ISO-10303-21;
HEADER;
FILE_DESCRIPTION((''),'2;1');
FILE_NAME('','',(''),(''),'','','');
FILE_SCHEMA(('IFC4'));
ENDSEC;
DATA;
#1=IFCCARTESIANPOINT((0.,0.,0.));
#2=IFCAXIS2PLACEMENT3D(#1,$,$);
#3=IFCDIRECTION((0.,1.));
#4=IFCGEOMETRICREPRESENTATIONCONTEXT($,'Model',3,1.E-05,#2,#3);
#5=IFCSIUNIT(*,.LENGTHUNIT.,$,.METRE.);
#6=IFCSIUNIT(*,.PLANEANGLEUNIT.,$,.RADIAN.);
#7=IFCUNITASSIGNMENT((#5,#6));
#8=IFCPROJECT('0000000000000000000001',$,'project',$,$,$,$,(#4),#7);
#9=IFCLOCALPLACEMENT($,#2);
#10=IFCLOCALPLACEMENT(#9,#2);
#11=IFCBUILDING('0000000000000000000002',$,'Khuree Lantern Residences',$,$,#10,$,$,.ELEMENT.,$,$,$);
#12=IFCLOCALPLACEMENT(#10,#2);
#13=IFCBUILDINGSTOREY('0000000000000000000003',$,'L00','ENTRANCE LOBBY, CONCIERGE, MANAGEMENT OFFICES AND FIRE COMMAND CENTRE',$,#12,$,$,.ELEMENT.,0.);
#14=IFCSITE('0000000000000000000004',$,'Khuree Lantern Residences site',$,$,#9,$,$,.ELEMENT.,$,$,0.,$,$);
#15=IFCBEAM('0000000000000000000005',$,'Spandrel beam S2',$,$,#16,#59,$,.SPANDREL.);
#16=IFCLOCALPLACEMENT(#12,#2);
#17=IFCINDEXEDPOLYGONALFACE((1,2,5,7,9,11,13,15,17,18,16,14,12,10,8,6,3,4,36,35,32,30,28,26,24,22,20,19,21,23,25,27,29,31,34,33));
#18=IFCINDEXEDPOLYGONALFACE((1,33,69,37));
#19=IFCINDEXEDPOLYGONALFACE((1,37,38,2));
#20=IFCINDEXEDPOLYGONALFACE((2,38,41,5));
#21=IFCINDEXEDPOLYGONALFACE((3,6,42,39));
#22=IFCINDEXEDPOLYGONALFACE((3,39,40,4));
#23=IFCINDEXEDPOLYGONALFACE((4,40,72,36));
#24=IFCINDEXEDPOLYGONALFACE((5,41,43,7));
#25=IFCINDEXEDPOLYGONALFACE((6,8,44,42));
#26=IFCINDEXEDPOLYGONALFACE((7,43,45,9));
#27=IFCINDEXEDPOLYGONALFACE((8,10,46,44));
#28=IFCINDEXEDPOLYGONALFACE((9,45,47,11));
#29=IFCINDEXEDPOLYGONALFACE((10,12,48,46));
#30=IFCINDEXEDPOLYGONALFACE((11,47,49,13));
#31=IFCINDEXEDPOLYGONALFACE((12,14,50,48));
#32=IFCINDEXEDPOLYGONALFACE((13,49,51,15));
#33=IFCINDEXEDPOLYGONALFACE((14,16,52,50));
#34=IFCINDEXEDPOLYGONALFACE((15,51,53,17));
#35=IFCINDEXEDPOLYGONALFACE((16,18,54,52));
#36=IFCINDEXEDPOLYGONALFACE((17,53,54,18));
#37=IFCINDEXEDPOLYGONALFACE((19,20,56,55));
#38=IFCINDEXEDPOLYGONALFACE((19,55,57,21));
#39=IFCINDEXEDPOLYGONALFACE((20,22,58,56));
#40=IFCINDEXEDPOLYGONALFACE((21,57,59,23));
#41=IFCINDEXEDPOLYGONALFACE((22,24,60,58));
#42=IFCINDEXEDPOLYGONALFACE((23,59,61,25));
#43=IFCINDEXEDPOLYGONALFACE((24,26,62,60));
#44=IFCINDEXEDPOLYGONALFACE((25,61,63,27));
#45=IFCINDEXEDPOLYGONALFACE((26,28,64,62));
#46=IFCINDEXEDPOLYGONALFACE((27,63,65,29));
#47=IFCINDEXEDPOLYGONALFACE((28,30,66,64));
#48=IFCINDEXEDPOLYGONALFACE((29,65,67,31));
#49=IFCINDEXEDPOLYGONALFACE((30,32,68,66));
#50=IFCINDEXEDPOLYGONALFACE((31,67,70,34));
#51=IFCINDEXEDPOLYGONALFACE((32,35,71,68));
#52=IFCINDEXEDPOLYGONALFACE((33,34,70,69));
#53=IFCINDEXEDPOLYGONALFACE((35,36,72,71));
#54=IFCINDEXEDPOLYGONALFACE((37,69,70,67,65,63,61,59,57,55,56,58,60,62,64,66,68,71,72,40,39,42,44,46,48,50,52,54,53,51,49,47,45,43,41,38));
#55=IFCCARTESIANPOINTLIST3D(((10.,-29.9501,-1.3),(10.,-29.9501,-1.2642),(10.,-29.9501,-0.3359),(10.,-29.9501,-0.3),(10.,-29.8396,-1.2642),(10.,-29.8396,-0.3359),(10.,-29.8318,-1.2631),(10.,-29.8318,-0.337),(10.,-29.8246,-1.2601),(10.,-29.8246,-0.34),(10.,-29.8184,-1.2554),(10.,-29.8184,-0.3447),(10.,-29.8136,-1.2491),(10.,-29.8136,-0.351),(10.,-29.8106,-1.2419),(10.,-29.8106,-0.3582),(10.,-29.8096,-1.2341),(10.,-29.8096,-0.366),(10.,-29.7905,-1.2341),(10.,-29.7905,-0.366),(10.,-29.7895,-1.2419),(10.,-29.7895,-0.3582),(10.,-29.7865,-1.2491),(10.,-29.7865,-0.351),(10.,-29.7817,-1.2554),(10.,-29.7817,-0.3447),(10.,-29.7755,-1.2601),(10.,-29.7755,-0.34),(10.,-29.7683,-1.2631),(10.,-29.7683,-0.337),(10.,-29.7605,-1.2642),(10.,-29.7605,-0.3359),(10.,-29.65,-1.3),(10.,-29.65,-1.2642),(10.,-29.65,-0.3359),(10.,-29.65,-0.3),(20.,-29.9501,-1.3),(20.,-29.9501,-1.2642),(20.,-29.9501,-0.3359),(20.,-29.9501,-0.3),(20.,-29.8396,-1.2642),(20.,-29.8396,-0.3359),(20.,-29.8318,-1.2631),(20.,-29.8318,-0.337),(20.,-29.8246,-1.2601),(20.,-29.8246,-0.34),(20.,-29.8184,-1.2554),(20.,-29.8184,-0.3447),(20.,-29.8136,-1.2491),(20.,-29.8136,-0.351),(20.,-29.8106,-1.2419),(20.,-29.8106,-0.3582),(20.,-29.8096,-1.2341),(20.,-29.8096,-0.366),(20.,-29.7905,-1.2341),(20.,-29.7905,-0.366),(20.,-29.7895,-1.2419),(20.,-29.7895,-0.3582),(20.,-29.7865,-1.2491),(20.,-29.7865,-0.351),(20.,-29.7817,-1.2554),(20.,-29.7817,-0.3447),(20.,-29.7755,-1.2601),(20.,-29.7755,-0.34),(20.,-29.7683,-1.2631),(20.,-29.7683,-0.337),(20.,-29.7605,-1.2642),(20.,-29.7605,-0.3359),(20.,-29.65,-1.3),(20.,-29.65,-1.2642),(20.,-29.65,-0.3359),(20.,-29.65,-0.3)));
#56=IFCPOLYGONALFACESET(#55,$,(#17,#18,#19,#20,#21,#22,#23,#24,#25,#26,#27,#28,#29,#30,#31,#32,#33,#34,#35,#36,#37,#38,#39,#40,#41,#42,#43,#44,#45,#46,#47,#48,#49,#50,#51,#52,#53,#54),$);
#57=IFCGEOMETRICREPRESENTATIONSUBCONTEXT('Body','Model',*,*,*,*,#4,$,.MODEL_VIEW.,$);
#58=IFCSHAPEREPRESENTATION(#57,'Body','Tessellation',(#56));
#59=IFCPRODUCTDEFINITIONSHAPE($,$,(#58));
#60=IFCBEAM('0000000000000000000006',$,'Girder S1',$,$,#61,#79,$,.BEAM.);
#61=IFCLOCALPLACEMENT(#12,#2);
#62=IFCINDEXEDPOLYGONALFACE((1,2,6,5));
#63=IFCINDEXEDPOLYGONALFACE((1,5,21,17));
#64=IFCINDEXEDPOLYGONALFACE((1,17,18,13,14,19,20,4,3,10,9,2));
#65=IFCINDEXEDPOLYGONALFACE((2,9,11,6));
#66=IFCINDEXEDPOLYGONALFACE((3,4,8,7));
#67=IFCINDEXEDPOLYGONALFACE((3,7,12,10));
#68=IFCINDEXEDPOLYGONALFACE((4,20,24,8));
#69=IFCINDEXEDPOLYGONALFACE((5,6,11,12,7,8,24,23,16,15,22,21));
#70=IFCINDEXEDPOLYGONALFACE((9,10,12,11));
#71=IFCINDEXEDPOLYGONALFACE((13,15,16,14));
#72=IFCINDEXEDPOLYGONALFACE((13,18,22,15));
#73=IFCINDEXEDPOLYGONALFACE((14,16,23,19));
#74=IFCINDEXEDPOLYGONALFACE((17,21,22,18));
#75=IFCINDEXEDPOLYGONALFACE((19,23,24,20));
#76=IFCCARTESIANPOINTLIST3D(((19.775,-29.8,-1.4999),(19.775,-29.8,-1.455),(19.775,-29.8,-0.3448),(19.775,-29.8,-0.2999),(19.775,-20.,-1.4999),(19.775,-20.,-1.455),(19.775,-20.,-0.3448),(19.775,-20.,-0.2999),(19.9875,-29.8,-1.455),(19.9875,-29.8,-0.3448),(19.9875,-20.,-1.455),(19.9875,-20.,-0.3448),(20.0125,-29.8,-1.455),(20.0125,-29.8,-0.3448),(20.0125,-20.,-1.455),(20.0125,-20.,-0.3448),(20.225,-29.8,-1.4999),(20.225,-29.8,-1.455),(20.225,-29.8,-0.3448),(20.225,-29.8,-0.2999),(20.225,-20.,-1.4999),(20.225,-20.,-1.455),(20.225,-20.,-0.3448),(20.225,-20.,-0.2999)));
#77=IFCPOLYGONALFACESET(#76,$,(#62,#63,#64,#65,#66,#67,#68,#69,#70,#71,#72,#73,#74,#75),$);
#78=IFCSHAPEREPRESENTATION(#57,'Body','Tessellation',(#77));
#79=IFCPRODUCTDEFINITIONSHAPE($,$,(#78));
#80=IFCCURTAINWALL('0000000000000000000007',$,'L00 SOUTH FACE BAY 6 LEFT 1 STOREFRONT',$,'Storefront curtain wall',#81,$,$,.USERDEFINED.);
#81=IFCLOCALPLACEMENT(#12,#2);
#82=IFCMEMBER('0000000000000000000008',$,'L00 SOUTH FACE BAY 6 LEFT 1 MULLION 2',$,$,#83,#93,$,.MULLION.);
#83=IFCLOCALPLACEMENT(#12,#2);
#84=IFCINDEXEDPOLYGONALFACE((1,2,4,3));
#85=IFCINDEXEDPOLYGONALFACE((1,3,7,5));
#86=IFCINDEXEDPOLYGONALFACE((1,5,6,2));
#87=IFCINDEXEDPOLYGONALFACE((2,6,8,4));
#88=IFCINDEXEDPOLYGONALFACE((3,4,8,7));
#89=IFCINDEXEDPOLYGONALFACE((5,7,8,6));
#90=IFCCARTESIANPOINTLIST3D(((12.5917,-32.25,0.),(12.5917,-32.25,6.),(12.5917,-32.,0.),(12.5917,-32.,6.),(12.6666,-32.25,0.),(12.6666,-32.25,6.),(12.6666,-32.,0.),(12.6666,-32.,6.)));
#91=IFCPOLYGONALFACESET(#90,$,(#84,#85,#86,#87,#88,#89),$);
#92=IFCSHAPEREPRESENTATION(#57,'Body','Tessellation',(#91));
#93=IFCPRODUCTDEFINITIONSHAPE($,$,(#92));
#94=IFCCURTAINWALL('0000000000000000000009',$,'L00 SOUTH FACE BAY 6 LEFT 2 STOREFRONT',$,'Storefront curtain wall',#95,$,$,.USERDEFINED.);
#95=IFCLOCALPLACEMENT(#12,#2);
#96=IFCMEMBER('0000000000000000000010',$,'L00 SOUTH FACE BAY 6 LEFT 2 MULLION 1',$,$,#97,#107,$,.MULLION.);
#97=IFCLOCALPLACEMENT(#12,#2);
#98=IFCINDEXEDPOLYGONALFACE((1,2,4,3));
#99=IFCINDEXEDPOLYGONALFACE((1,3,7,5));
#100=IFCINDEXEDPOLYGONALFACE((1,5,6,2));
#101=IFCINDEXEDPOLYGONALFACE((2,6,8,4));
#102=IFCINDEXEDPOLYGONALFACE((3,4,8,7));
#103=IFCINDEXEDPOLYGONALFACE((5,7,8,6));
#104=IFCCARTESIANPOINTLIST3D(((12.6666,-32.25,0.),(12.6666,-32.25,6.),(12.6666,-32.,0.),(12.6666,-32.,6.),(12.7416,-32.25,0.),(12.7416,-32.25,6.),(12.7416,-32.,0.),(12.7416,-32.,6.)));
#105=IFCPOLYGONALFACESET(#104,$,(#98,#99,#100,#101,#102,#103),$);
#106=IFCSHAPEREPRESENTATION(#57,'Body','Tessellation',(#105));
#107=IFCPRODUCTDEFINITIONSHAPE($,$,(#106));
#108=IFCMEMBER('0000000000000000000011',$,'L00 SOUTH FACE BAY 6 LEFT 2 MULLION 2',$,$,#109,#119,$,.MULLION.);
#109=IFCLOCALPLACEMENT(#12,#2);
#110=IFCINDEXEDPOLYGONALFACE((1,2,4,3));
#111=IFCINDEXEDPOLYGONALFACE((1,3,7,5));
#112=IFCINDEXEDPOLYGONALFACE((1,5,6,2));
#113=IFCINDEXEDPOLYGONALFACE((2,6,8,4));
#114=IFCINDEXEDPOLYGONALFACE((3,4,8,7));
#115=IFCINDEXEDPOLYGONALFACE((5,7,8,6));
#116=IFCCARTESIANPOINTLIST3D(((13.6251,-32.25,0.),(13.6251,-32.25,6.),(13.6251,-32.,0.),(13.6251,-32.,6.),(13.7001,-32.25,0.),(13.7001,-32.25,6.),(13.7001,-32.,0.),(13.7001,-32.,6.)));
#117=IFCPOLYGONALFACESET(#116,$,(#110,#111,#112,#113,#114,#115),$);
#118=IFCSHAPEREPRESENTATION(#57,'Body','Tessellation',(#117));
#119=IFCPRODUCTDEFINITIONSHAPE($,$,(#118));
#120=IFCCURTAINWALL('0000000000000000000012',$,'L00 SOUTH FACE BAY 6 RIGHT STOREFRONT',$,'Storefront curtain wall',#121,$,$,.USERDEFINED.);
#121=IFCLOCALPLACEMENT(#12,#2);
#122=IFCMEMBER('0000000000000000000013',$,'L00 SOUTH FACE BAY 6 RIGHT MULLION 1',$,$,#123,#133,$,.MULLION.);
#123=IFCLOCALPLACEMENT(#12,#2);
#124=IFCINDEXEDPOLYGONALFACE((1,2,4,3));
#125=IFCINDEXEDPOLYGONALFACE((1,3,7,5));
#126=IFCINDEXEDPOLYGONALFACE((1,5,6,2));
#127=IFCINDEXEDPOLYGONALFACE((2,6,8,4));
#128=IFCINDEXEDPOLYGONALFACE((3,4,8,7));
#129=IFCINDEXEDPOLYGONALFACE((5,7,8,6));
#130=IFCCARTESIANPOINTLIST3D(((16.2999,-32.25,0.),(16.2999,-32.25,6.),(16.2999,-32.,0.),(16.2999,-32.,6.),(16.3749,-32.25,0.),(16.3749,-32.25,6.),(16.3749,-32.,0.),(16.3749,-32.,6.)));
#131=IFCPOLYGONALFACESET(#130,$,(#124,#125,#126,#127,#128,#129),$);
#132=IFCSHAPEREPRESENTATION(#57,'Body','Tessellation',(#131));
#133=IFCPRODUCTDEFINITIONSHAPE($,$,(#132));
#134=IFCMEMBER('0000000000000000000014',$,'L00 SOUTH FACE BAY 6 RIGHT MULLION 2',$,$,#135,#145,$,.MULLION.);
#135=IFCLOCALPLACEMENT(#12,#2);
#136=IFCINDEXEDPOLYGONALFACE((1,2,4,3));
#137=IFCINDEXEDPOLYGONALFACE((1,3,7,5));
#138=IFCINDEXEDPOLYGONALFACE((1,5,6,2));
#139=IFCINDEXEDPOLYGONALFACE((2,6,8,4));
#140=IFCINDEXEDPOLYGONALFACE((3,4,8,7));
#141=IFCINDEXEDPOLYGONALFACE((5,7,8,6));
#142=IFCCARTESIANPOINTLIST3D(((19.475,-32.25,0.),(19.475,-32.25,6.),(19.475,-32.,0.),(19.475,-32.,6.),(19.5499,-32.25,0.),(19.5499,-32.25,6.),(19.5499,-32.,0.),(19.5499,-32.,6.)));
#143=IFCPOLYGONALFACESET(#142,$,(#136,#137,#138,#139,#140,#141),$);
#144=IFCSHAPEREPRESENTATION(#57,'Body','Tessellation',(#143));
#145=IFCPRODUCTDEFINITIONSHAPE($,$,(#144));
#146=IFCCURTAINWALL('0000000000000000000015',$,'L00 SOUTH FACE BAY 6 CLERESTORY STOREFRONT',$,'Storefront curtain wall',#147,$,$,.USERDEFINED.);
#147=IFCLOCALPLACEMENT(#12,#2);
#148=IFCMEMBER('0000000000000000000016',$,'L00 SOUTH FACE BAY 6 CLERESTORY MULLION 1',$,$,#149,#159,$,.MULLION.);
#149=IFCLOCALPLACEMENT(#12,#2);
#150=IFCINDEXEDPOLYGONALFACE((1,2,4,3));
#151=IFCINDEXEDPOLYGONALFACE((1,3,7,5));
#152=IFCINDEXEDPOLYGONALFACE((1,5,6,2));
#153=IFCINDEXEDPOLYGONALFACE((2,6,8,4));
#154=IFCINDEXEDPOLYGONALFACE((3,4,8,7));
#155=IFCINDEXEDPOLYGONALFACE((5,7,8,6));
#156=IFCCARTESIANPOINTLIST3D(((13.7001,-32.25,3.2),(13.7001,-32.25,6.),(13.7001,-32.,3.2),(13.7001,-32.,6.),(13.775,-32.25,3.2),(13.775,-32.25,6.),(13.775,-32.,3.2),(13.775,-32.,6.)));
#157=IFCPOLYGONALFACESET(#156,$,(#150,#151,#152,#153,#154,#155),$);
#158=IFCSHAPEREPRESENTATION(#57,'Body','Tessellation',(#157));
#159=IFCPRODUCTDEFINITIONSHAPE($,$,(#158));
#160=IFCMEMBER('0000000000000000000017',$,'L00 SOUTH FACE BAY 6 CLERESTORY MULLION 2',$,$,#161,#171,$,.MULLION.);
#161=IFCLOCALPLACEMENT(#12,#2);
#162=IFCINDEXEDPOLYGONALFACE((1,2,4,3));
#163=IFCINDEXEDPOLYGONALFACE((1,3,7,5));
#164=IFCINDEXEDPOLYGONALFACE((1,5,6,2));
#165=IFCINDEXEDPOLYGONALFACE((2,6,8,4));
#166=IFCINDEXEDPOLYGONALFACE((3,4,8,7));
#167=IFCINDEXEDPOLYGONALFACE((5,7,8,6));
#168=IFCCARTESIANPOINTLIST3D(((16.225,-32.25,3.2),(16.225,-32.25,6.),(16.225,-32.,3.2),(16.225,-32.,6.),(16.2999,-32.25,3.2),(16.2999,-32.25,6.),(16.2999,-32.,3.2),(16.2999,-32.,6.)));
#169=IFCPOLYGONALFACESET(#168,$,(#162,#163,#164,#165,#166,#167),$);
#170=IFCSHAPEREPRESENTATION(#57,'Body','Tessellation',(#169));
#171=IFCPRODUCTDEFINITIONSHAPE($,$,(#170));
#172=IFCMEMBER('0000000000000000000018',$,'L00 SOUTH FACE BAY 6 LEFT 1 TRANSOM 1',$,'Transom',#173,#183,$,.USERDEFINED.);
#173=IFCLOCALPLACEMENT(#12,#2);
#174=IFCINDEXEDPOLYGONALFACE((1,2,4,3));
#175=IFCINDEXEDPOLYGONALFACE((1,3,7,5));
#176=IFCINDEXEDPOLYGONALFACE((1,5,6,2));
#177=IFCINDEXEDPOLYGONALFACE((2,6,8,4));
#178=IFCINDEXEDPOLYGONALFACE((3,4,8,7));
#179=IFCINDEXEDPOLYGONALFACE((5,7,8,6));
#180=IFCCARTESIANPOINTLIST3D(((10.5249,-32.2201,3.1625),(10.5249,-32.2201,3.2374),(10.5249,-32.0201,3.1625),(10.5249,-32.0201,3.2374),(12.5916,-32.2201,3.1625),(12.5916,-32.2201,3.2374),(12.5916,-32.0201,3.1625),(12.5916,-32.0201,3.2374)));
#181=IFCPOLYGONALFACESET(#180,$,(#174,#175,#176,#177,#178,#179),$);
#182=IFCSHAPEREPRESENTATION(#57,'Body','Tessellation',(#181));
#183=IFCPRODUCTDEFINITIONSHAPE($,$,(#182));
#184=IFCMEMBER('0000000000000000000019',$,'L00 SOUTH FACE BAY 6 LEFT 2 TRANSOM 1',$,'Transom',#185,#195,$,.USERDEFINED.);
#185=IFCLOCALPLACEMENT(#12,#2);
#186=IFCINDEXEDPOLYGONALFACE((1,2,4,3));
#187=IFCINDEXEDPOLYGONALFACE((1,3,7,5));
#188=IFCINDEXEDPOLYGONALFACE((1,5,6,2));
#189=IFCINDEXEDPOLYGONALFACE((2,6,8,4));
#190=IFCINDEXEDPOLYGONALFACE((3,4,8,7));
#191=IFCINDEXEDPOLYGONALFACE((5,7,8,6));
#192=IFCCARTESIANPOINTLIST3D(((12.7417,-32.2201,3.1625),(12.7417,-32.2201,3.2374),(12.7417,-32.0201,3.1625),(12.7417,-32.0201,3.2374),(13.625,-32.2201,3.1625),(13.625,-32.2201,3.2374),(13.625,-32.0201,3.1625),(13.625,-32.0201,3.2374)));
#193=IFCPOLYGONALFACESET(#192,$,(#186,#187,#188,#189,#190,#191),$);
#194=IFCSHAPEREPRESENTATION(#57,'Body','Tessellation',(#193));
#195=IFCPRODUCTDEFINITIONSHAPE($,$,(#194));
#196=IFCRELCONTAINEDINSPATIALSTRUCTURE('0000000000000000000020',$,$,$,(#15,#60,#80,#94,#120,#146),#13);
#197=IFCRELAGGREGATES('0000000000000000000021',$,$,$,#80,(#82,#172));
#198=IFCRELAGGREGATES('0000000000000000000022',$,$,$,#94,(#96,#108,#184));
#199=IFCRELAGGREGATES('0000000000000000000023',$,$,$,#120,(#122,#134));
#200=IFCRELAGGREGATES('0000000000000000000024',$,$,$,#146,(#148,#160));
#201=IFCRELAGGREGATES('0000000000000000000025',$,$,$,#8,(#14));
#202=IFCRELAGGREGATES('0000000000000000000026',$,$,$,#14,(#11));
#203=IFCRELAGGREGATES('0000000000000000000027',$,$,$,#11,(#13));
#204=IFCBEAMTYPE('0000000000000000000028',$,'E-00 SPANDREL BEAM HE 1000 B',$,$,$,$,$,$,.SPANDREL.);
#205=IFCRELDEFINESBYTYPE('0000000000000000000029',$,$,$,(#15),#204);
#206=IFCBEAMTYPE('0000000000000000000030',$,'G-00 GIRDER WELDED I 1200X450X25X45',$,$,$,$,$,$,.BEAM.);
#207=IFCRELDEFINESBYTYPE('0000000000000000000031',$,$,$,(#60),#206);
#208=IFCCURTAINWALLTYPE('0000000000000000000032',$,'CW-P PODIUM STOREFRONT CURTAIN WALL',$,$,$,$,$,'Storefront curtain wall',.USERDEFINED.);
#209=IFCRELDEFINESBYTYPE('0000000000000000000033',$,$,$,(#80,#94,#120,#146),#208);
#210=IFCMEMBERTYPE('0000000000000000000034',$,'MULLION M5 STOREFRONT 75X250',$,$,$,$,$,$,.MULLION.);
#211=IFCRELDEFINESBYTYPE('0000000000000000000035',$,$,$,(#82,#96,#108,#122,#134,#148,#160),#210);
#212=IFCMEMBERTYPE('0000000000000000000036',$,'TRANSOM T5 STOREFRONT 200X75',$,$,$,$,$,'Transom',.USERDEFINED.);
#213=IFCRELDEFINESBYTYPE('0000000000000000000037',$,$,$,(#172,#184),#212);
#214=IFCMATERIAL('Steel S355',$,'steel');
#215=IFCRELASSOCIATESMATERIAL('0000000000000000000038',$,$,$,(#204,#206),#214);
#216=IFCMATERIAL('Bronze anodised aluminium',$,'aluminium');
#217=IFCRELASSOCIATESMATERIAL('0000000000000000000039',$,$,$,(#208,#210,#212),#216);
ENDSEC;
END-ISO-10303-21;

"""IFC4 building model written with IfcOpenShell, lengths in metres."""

from ifc_helpers import new_model, si_unit, direction, frame, origin, origin_2d, place, context, subcontext, project, spatial, rectangle, i_section, extrude, material, material_profile, profile_set, type_object, element, aggregate, save


model = new_model("IFC4")

# Units and contexts
model_context = context("Model", 3, precision=1e-05, world=origin(), true_north=direction((0.0, 1.0)))
body_context = subcontext(model_context, "Body", "Model", "MODEL_VIEW")
ifc_project = project(units=[si_unit("LENGTHUNIT", "METRE"), si_unit("PLANEANGLEUNIT", "RADIAN")], contexts=[model_context])

# Site, building, storey
site_placement = place(None, origin())
site = spatial("IfcSite", under=ifc_project, at=site_placement, Name="Khuree Lantern Residences site", CompositionType="ELEMENT", RefElevation=0.0)
building_placement = place(site_placement, origin())
building = spatial("IfcBuilding", under=site, at=building_placement, Name="Khuree Lantern Residences", CompositionType="ELEMENT")
storey_placement = place(building_placement, origin())
storey = spatial("IfcBuildingStorey", under=building, at=storey_placement, Name="L00", Description="ENTRANCE LOBBY, CONCIERGE, MANAGEMENT OFFICES AND FIRE COMMAND CENTRE", CompositionType="ELEMENT", Elevation=0.0)

# Shared definitions
ifc_material_1 = material(Name="Steel S355", Category="steel")

# Beams
ifc_material_profile_1 = material_profile(ifc_material_1, i_section(OverallWidth=0.3, OverallDepth=1.0, WebThickness=0.019, FlangeThickness=0.0359, FilletRadius=0.03, at=origin_2d()), Name="HE 1000 B")
ifc_profile_set_1 = profile_set([ifc_material_profile_1], Name="Steel S355")
beam_type_1 = type_object("IfcBeamType", Name="E-00 SPANDREL BEAM HE 1000 B", PredefinedType="SPANDREL", material=ifc_profile_set_1)
beam_1_placement = place(storey_placement, frame((20.0, -29.8, -0.8), z_axis=(-1.0, 0.0, 0.0), x_axis=(0.0, -1.0, 0.0)))
element("IfcBeam", 1, at=beam_1_placement, inside=storey, type_object=beam_type_1, Name="Spandrel beam S2", PredefinedType="SPANDREL", context=body_context, shape_type="SweptSolid", body=[
    extrude(i_section(OverallWidth=0.3, OverallDepth=1.0, WebThickness=0.019, FlangeThickness=0.0359, FilletRadius=0.03, at=origin_2d()), origin(), (0.0, 0.0, 1.0), 10.0),
])
ifc_material_profile_2 = material_profile(ifc_material_1, i_section(OverallWidth=0.45, OverallDepth=1.2, WebThickness=0.0249, FlangeThickness=0.0449, at=origin_2d()), Name="WELDED I 1200X450X25X45")
ifc_profile_set_2 = profile_set([ifc_material_profile_2], Name="Steel S355")
beam_type_2 = type_object("IfcBeamType", Name="G-00 GIRDER WELDED I 1200X450X25X45", PredefinedType="BEAM", material=ifc_profile_set_2)
beam_2_placement = place(storey_placement, frame((20.0, -29.8, -0.8999), z_axis=(0.0, 1.0, 0.0), x_axis=(-1.0, 0.0, 0.0)))
element("IfcBeam", 2, at=beam_2_placement, inside=storey, type_object=beam_type_2, Name="Girder S1", PredefinedType="BEAM", context=body_context, shape_type="SweptSolid", body=[
    extrude(i_section(OverallWidth=0.45, OverallDepth=1.2, WebThickness=0.0249, FlangeThickness=0.0449, at=origin_2d()), origin(), (0.0, 0.0, 1.0), 9.8),
])

# Curtain wall, member
ifc_material_2 = material(Name="Bronze anodised aluminium", Category="aluminium")
curtain_wall_type = type_object("IfcCurtainWallType", Name="CW-P PODIUM STOREFRONT CURTAIN WALL", ElementType="Storefront curtain wall", PredefinedType="USERDEFINED", material=ifc_material_2)
curtain_wall_1_placement = place(storey_placement, origin())
curtain_wall_1 = element("IfcCurtainWall", 3, at=curtain_wall_1_placement, inside=storey, type_object=curtain_wall_type, Name="L00 SOUTH FACE BAY 6 LEFT 1 STOREFRONT", ObjectType="Storefront curtain wall", PredefinedType="USERDEFINED")
ifc_material_profile_3 = material_profile(ifc_material_2, rectangle(XDim=0.075, YDim=0.25, at=origin_2d()), Name="M5 75X250")
ifc_profile_set_3 = profile_set([ifc_material_profile_3], Name="Bronze anodised aluminium")
member_type_1 = type_object("IfcMemberType", Name="MULLION M5 STOREFRONT 75X250", PredefinedType="MULLION", material=ifc_profile_set_3)
member_1_placement = place(storey_placement, frame((12.6292, -32.125, 0.0), z_axis=(0.0, 0.0, 1.0), x_axis=(1.0, 0.0, 0.0)))
member_1 = element("IfcMember", 4, at=member_1_placement, type_object=member_type_1, Name="L00 SOUTH FACE BAY 6 LEFT 1 MULLION 2", PredefinedType="MULLION", context=body_context, shape_type="SweptSolid", body=[
    extrude(rectangle(XDim=0.075, YDim=0.25, at=origin_2d()), origin(), (0.0, 0.0, 1.0), 6.0),
])

# Curtain walls, members
curtain_wall_2_placement = place(storey_placement, origin())
curtain_wall_2 = element("IfcCurtainWall", 5, at=curtain_wall_2_placement, inside=storey, type_object=curtain_wall_type, Name="L00 SOUTH FACE BAY 6 LEFT 2 STOREFRONT", ObjectType="Storefront curtain wall", PredefinedType="USERDEFINED")
member_2_placement = place(storey_placement, frame((12.7041, -32.125, 0.0), z_axis=(0.0, 0.0, 1.0), x_axis=(1.0, 0.0, 0.0)))
member_2 = element("IfcMember", 6, at=member_2_placement, type_object=member_type_1, Name="L00 SOUTH FACE BAY 6 LEFT 2 MULLION 1", PredefinedType="MULLION", context=body_context, shape_type="SweptSolid", body=[
    extrude(rectangle(XDim=0.075, YDim=0.25, at=origin_2d()), origin(), (0.0, 0.0, 1.0), 6.0),
])
member_3_placement = place(storey_placement, frame((13.6626, -32.125, 0.0), z_axis=(0.0, 0.0, 1.0), x_axis=(1.0, 0.0, 0.0)))
member_3 = element("IfcMember", 7, at=member_3_placement, type_object=member_type_1, Name="L00 SOUTH FACE BAY 6 LEFT 2 MULLION 2", PredefinedType="MULLION", context=body_context, shape_type="SweptSolid", body=[
    extrude(rectangle(XDim=0.075, YDim=0.25, at=origin_2d()), origin(), (0.0, 0.0, 1.0), 6.0),
])
curtain_wall_3_placement = place(storey_placement, origin())
curtain_wall_3 = element("IfcCurtainWall", 8, at=curtain_wall_3_placement, inside=storey, type_object=curtain_wall_type, Name="L00 SOUTH FACE BAY 6 RIGHT STOREFRONT", ObjectType="Storefront curtain wall", PredefinedType="USERDEFINED")
member_4_placement = place(storey_placement, frame((16.3374, -32.125, 0.0), z_axis=(0.0, 0.0, 1.0), x_axis=(1.0, 0.0, 0.0)))
member_4 = element("IfcMember", 9, at=member_4_placement, type_object=member_type_1, Name="L00 SOUTH FACE BAY 6 RIGHT MULLION 1", PredefinedType="MULLION", context=body_context, shape_type="SweptSolid", body=[
    extrude(rectangle(XDim=0.075, YDim=0.25, at=origin_2d()), origin(), (0.0, 0.0, 1.0), 6.0),
])
member_5_placement = place(storey_placement, frame((19.5125, -32.125, 0.0), z_axis=(0.0, 0.0, 1.0), x_axis=(1.0, 0.0, 0.0)))
member_5 = element("IfcMember", 10, at=member_5_placement, type_object=member_type_1, Name="L00 SOUTH FACE BAY 6 RIGHT MULLION 2", PredefinedType="MULLION", context=body_context, shape_type="SweptSolid", body=[
    extrude(rectangle(XDim=0.075, YDim=0.25, at=origin_2d()), origin(), (0.0, 0.0, 1.0), 6.0),
])
curtain_wall_4_placement = place(storey_placement, origin())
curtain_wall_4 = element("IfcCurtainWall", 11, at=curtain_wall_4_placement, inside=storey, type_object=curtain_wall_type, Name="L00 SOUTH FACE BAY 6 CLERESTORY STOREFRONT", ObjectType="Storefront curtain wall", PredefinedType="USERDEFINED")
member_6_placement = place(storey_placement, frame((13.7375, -32.125, 3.2), z_axis=(0.0, 0.0, 1.0), x_axis=(1.0, 0.0, 0.0)))
member_6 = element("IfcMember", 12, at=member_6_placement, type_object=member_type_1, Name="L00 SOUTH FACE BAY 6 CLERESTORY MULLION 1", PredefinedType="MULLION", context=body_context, shape_type="SweptSolid", body=[
    extrude(rectangle(XDim=0.075, YDim=0.25, at=origin_2d()), origin(), (0.0, 0.0, 1.0), 2.8),
])
member_7_placement = place(storey_placement, frame((16.2625, -32.125, 3.2), z_axis=(0.0, 0.0, 1.0), x_axis=(1.0, 0.0, 0.0)))
member_7 = element("IfcMember", 13, at=member_7_placement, type_object=member_type_1, Name="L00 SOUTH FACE BAY 6 CLERESTORY MULLION 2", PredefinedType="MULLION", context=body_context, shape_type="SweptSolid", body=[
    extrude(rectangle(XDim=0.075, YDim=0.25, at=origin_2d()), origin(), (0.0, 0.0, 1.0), 2.8),
])

# Members
ifc_material_profile_4 = material_profile(ifc_material_2, rectangle(XDim=0.2, YDim=0.075, at=origin_2d()), Name="T5 200X75")
ifc_profile_set_4 = profile_set([ifc_material_profile_4], Name="Bronze anodised aluminium")
member_type_2 = type_object("IfcMemberType", Name="TRANSOM T5 STOREFRONT 200X75", ElementType="Transom", PredefinedType="USERDEFINED", material=ifc_profile_set_4)
member_8_placement = place(storey_placement, frame((10.5249, -32.1201, 3.2), z_axis=(1.0, 0.0, 0.0), x_axis=(0.0, 1.0, 0.0)))
member_8 = element("IfcMember", 14, at=member_8_placement, type_object=member_type_2, Name="L00 SOUTH FACE BAY 6 LEFT 1 TRANSOM 1", ObjectType="Transom", PredefinedType="USERDEFINED", context=body_context, shape_type="SweptSolid", body=[
    extrude(rectangle(XDim=0.2, YDim=0.075, at=origin_2d()), origin(), (0.0, 0.0, 1.0), 2.0667),
])
member_9_placement = place(storey_placement, frame((12.7417, -32.1201, 3.2), z_axis=(1.0, 0.0, 0.0), x_axis=(0.0, 1.0, 0.0)))
member_9 = element("IfcMember", 15, at=member_9_placement, type_object=member_type_2, Name="L00 SOUTH FACE BAY 6 LEFT 2 TRANSOM 1", ObjectType="Transom", PredefinedType="USERDEFINED", context=body_context, shape_type="SweptSolid", body=[
    extrude(rectangle(XDim=0.2, YDim=0.075, at=origin_2d()), origin(), (0.0, 0.0, 1.0), 0.8833),
])

aggregate(curtain_wall_1, [member_1, member_8])
aggregate(curtain_wall_2, [member_2, member_3, member_9])
aggregate(curtain_wall_3, [member_4, member_5])
aggregate(curtain_wall_4, [member_6, member_7])

save(model, "model.ifc")
